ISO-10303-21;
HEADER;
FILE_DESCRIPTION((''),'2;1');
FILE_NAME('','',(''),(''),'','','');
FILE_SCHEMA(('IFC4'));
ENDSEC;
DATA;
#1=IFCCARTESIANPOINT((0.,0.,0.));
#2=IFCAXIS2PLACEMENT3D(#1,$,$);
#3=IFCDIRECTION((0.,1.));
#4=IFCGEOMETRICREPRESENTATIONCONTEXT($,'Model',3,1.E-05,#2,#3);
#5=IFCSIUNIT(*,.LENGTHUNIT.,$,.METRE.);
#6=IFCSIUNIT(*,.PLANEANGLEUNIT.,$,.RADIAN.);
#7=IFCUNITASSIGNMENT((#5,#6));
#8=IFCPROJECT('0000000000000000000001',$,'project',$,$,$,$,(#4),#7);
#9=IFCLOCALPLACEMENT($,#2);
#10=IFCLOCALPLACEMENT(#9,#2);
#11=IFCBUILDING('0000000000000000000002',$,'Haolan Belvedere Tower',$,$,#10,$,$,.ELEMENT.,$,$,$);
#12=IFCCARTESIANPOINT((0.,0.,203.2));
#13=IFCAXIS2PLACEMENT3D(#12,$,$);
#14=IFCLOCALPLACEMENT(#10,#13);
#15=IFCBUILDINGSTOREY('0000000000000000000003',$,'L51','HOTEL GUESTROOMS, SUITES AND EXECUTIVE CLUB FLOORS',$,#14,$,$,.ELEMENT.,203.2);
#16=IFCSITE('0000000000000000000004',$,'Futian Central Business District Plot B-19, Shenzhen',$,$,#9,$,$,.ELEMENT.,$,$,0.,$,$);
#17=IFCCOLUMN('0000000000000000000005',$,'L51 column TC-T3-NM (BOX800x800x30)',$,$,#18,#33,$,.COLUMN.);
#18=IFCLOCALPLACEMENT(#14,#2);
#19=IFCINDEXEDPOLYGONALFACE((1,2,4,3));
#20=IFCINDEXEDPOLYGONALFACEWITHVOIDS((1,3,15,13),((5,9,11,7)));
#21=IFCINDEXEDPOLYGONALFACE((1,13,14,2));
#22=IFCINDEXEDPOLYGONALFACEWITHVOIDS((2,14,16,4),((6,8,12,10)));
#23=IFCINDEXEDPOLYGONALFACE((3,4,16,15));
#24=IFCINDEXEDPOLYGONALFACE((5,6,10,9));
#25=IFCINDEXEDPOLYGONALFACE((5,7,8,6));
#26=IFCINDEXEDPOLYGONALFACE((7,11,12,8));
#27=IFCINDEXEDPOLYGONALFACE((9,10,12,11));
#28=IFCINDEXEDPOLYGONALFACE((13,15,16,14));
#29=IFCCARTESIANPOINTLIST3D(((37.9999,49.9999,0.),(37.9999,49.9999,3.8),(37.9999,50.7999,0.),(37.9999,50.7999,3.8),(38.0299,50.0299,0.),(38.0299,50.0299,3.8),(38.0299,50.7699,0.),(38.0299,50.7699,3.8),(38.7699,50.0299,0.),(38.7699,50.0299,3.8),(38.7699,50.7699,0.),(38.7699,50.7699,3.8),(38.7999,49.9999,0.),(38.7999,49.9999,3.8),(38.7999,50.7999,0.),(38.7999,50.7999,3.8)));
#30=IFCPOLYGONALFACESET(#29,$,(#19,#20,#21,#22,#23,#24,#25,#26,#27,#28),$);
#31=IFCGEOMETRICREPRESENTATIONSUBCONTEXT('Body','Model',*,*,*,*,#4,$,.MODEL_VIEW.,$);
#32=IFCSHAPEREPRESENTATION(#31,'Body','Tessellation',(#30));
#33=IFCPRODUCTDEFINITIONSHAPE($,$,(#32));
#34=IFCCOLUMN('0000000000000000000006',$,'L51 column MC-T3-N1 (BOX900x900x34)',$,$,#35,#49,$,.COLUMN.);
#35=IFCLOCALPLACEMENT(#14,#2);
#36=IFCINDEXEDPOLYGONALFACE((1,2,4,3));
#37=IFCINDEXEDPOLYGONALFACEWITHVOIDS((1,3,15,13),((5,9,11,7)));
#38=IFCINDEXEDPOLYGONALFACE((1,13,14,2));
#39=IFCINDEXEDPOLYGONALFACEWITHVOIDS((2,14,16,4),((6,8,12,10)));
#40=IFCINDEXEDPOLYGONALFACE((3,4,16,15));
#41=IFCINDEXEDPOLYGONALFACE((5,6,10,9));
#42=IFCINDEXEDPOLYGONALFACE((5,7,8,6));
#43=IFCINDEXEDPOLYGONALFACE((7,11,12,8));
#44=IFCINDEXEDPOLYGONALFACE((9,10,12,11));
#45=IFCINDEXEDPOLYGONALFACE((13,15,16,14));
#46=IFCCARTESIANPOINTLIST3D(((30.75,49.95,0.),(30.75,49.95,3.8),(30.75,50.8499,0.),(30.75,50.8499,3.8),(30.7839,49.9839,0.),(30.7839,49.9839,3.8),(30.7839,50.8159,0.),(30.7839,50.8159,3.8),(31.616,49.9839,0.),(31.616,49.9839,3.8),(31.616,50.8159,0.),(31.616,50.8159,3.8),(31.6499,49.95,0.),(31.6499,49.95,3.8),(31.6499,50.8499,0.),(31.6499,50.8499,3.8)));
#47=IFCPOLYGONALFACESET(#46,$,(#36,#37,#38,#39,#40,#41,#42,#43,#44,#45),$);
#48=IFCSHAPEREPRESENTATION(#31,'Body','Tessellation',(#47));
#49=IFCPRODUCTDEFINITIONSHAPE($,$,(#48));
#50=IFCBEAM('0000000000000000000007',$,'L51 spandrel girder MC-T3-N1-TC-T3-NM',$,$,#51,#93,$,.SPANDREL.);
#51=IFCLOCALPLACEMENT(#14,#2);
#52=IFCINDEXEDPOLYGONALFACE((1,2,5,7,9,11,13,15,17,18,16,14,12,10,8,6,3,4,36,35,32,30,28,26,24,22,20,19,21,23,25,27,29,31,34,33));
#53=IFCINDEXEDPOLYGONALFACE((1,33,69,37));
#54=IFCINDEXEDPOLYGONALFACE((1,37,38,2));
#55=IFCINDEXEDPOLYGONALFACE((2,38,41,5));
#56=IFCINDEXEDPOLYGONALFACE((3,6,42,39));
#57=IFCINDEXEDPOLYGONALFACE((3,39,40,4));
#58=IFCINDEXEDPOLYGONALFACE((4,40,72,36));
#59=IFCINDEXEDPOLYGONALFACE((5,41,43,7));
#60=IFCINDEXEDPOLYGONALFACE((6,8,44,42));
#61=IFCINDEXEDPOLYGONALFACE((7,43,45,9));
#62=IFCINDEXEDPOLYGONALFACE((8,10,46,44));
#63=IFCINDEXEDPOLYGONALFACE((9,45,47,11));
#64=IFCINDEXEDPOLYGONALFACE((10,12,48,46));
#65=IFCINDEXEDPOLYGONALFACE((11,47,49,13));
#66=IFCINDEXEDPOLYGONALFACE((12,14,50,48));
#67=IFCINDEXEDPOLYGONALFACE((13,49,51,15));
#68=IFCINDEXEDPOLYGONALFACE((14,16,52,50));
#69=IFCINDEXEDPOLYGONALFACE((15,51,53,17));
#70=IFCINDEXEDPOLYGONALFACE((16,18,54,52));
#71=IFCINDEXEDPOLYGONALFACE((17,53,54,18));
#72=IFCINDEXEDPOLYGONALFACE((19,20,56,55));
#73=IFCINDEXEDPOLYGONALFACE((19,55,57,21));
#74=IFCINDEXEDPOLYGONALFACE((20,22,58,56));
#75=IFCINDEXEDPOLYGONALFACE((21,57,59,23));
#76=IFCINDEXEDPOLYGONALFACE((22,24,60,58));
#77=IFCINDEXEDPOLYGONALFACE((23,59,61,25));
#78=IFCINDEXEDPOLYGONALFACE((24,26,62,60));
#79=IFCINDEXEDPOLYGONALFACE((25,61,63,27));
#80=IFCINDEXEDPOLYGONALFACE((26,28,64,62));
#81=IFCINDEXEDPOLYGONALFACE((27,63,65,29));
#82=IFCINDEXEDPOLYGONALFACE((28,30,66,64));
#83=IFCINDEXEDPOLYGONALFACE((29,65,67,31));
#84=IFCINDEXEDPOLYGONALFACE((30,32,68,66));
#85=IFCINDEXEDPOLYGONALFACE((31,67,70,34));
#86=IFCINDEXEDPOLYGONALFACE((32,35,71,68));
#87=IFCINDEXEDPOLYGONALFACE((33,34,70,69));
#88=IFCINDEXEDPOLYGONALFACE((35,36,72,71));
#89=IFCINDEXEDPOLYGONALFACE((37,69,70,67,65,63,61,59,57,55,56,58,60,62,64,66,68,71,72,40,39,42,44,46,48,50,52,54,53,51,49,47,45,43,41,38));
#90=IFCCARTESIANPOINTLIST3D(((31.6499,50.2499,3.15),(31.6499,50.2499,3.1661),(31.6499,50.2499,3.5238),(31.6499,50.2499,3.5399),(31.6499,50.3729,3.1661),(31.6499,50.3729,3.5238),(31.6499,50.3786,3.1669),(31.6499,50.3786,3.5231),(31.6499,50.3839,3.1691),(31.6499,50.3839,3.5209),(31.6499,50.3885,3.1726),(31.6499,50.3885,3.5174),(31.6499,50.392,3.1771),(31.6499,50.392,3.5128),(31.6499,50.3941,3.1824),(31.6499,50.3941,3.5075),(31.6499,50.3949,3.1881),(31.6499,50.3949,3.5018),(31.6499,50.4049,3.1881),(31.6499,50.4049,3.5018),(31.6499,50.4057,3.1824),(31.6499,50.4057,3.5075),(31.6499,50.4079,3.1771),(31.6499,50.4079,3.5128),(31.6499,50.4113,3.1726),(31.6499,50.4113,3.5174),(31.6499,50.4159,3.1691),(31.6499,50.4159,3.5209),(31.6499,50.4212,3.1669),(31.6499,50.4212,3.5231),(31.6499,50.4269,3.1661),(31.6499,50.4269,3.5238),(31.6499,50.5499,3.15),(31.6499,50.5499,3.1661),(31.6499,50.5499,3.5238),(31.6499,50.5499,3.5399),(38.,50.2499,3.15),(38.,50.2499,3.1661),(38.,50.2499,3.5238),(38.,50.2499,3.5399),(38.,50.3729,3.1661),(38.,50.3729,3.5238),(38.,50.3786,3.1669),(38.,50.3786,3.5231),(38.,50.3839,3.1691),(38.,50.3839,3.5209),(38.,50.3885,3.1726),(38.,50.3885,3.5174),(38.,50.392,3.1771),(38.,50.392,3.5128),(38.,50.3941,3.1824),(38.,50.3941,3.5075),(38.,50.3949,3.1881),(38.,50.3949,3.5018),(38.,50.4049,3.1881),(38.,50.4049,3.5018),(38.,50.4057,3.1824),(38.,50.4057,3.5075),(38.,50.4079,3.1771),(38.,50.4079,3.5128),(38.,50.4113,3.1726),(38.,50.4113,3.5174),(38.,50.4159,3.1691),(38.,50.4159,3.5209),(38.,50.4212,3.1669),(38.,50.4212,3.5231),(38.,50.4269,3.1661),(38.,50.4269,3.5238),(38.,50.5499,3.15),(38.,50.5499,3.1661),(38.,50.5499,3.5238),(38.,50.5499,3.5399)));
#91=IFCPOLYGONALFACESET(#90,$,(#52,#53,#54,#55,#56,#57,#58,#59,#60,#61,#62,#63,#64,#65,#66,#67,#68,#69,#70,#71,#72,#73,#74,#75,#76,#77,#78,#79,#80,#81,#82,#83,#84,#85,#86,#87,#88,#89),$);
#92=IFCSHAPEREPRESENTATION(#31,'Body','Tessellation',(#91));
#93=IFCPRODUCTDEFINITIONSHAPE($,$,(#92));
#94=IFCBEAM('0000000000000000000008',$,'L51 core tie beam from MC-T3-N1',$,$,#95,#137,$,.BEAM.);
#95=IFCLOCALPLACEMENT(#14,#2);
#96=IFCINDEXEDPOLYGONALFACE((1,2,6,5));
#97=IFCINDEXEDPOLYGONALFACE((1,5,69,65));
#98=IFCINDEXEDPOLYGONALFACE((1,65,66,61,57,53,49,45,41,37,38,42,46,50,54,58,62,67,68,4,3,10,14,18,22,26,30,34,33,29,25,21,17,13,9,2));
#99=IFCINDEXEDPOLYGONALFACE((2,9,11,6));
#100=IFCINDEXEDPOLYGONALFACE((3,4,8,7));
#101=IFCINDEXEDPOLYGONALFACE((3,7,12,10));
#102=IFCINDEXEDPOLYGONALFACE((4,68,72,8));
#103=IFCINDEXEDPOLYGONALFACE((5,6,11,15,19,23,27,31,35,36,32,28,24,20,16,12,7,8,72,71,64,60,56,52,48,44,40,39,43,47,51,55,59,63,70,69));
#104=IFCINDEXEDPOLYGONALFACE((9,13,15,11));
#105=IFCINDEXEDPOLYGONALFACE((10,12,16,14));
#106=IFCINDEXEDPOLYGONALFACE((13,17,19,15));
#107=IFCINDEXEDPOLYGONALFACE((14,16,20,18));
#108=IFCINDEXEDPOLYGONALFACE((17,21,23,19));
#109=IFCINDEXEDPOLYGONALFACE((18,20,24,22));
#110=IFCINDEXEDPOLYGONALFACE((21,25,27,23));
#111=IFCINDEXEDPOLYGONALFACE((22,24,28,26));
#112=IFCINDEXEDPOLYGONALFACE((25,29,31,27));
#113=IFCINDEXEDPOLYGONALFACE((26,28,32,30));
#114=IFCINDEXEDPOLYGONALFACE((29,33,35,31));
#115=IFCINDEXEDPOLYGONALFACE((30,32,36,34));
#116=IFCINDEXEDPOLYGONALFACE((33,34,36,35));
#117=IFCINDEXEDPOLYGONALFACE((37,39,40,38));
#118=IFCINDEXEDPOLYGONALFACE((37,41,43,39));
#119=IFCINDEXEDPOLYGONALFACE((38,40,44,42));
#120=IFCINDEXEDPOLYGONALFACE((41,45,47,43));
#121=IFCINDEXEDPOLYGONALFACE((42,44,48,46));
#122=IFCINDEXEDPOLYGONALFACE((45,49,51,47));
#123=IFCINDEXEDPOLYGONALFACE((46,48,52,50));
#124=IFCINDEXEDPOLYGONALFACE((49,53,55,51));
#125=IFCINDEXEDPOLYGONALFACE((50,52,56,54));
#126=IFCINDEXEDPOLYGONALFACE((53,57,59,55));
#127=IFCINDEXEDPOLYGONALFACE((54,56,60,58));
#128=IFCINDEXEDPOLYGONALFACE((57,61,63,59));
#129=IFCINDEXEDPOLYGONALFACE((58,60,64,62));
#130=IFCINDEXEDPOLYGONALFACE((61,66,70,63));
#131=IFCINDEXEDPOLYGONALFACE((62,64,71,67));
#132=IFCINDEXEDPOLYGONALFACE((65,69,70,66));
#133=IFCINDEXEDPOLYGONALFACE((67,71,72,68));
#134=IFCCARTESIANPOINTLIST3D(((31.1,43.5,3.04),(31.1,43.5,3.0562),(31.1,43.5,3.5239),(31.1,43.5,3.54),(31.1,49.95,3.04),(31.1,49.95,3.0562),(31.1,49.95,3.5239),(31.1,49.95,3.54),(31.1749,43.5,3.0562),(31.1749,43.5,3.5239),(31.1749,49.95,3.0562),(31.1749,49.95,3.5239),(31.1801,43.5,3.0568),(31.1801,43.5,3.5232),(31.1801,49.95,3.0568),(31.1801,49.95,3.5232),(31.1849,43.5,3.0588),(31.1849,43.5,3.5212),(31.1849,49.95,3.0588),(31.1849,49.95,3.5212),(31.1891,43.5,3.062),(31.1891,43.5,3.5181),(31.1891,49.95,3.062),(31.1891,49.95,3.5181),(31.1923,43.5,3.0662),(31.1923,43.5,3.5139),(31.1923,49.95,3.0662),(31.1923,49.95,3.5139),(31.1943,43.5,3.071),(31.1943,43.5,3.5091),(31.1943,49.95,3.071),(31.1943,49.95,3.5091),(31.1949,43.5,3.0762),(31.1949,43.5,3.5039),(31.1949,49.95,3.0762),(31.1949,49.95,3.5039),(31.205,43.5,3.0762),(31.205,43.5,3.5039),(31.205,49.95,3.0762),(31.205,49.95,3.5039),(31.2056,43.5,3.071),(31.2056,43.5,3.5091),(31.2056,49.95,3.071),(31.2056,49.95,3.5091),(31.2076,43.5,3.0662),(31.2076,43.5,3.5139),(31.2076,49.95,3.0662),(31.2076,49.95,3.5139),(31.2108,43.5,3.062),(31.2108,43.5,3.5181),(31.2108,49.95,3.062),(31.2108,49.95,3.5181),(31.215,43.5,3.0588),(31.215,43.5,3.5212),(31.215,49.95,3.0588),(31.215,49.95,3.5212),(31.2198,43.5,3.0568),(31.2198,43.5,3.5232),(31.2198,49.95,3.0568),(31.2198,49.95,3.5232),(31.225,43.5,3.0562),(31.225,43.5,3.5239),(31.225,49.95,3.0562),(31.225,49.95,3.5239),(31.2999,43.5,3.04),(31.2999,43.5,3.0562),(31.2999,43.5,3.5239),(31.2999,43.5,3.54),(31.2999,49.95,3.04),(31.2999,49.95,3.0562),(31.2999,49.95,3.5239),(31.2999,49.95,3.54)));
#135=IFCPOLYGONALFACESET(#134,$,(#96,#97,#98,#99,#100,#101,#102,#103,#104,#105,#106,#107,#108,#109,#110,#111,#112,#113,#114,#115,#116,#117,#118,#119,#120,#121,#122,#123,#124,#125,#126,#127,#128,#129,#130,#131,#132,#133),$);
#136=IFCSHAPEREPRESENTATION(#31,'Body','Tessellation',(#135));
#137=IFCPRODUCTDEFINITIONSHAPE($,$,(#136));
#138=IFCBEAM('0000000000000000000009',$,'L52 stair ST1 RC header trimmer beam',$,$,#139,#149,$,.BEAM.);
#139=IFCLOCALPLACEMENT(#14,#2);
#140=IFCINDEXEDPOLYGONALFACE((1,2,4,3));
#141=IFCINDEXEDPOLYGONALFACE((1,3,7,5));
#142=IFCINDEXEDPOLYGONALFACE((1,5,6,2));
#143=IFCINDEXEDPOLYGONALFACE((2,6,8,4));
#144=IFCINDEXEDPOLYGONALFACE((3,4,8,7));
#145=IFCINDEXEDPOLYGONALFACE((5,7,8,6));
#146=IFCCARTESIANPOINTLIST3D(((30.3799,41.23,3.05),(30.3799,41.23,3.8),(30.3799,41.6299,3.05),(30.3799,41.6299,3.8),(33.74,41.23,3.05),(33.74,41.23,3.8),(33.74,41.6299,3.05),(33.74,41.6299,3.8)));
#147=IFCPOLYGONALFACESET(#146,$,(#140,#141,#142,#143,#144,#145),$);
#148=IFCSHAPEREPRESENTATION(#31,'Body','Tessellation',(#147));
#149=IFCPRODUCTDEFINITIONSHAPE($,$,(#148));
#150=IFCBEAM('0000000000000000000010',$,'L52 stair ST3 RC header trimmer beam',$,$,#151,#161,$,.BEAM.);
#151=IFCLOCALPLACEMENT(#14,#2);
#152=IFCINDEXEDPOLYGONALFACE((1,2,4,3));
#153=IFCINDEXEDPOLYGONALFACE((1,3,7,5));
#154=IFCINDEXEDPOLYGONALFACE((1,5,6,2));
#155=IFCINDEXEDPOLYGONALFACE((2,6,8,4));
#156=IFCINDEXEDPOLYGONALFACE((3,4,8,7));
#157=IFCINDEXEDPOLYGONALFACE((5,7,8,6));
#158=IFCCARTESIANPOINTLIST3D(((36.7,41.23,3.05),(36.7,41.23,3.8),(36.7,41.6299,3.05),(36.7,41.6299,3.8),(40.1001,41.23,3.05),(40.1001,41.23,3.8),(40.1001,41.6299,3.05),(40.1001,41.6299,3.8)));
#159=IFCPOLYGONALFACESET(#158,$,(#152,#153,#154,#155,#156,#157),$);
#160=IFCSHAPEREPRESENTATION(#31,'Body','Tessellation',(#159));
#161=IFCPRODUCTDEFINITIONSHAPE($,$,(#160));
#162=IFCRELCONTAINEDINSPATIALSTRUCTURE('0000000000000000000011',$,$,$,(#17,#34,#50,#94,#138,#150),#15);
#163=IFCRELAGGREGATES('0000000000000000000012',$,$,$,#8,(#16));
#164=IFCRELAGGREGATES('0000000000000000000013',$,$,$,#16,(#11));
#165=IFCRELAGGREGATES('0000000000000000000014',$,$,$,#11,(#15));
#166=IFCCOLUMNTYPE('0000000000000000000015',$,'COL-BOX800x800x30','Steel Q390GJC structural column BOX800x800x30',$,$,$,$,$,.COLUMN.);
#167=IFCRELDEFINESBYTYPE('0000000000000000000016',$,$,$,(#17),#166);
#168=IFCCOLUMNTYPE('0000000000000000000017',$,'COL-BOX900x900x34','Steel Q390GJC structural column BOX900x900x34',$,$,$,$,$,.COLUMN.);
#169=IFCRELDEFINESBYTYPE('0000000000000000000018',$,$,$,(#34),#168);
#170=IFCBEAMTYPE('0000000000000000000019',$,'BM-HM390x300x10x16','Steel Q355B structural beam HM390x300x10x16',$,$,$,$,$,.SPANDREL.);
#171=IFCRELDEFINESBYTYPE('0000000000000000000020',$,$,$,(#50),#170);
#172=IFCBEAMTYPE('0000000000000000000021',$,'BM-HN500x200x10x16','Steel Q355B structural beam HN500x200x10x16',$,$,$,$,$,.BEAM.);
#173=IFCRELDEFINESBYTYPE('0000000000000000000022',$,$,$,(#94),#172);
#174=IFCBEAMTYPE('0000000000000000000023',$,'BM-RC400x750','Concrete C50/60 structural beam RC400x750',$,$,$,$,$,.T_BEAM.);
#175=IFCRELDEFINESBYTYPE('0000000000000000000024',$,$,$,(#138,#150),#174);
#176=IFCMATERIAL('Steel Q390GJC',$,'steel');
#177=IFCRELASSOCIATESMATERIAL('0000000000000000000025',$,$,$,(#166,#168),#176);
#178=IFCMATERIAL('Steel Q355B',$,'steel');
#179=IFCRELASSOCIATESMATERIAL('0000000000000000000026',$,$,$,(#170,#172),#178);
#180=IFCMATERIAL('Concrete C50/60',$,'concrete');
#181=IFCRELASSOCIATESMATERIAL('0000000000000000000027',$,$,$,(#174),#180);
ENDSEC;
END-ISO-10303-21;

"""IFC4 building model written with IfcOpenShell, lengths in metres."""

from ifc_helpers import new_model, si_unit, direction, frame, origin, origin_2d, place, context, subcontext, project, spatial, rectangle, hollow_rectangle, i_section, extrude, material, material_profile, profile_set, type_object, element, save


model = new_model("IFC4")

# Units and contexts
model_context = context("Model", 3, precision=1e-05, world=origin(), true_north=direction((0.0, 1.0)))
body_context = subcontext(model_context, "Body", "Model", "MODEL_VIEW")
ifc_project = project(units=[si_unit("LENGTHUNIT", "METRE"), si_unit("PLANEANGLEUNIT", "RADIAN")], contexts=[model_context])

# Site, building, storey
site_placement = place(None, origin())
site = spatial("IfcSite", under=ifc_project, at=site_placement, Name="Futian Central Business District Plot B-19, Shenzhen", CompositionType="ELEMENT", RefElevation=0.0)
building_placement = place(site_placement, origin())
building = spatial("IfcBuilding", under=site, at=building_placement, Name="Haolan Belvedere Tower", CompositionType="ELEMENT")
storey_placement = place(building_placement, frame((0.0, 0.0, 203.2)))
storey = spatial("IfcBuildingStorey", under=building, at=storey_placement, Name="L51", Description="HOTEL GUESTROOMS, SUITES AND EXECUTIVE CLUB FLOORS", CompositionType="ELEMENT", Elevation=203.2)

# Columns
ifc_material_1 = material(Name="Steel Q390GJC", Category="steel")
ifc_material_profile_1 = material_profile(ifc_material_1, hollow_rectangle(XDim=0.8, YDim=0.8, WallThickness=0.03, at=origin_2d()), Name="Steel Q390GJC")
ifc_profile_set_1 = profile_set([ifc_material_profile_1], Name="Steel Q390GJC")
column_type_1 = type_object("IfcColumnType", Name="COL-BOX800x800x30", Description="Steel Q390GJC structural column BOX800x800x30", PredefinedType="COLUMN", material=ifc_profile_set_1)
column_1_placement = place(storey_placement, frame((38.3999, 50.3999, 0.0), z_axis=(0.0, 0.0, 1.0), x_axis=(1.0, 0.0, 0.0)))
element("IfcColumn", 1, at=column_1_placement, inside=storey, type_object=column_type_1, Name="L51 column TC-T3-NM (BOX800x800x30)", PredefinedType="COLUMN", context=body_context, shape_type="SweptSolid", body=[
    extrude(hollow_rectangle(XDim=0.8, YDim=0.8, WallThickness=0.03, at=origin_2d()), origin(), (0.0, 0.0, 1.0), 3.8),
])
ifc_material_profile_2 = material_profile(ifc_material_1, hollow_rectangle(XDim=0.8999, YDim=0.8999, WallThickness=0.0339, at=origin_2d()), Name="Steel Q390GJC")
ifc_profile_set_2 = profile_set([ifc_material_profile_2], Name="Steel Q390GJC")
column_type_2 = type_object("IfcColumnType", Name="COL-BOX900x900x34", Description="Steel Q390GJC structural column BOX900x900x34", PredefinedType="COLUMN", material=ifc_profile_set_2)
column_2_placement = place(storey_placement, frame((31.2, 50.3999, 0.0), z_axis=(0.0, 0.0, 1.0), x_axis=(1.0, 0.0, 0.0)))
element("IfcColumn", 2, at=column_2_placement, inside=storey, type_object=column_type_2, Name="L51 column MC-T3-N1 (BOX900x900x34)", PredefinedType="COLUMN", context=body_context, shape_type="SweptSolid", body=[
    extrude(hollow_rectangle(XDim=0.8999, YDim=0.8999, WallThickness=0.0339, at=origin_2d()), origin(), (0.0, 0.0, 1.0), 3.8),
])

# Beams
ifc_material_2 = material(Name="Steel Q355B", Category="steel")
ifc_material_profile_3 = material_profile(ifc_material_2, i_section(OverallWidth=0.3, OverallDepth=0.3899, WebThickness=0.01, FlangeThickness=0.0161, FilletRadius=0.022, at=origin_2d()), Name="Steel Q355B")
ifc_profile_set_3 = profile_set([ifc_material_profile_3], Name="Steel Q355B")
beam_type_1 = type_object("IfcBeamType", Name="BM-HM390x300x10x16", Description="Steel Q355B structural beam HM390x300x10x16", PredefinedType="SPANDREL", material=ifc_profile_set_3)
beam_1_placement = place(storey_placement, frame((31.6499, 50.3999, 3.345), z_axis=(1.0, 0.0, 0.0), x_axis=(0.0, 1.0, 0.0)))
element("IfcBeam", 3, at=beam_1_placement, inside=storey, type_object=beam_type_1, Name="L51 spandrel girder MC-T3-N1-TC-T3-NM", PredefinedType="SPANDREL", context=body_context, shape_type="SweptSolid", body=[
    extrude(i_section(OverallWidth=0.3, OverallDepth=0.3899, WebThickness=0.01, FlangeThickness=0.0161, FilletRadius=0.022, at=origin_2d()), origin(), (0.0, 0.0, 1.0), 6.3501),
])
ifc_material_profile_4 = material_profile(ifc_material_2, i_section(OverallWidth=0.2, OverallDepth=0.5, WebThickness=0.01, FlangeThickness=0.0161, FilletRadius=0.02, at=origin_2d()), Name="Steel Q355B")
ifc_profile_set_4 = profile_set([ifc_material_profile_4], Name="Steel Q355B")
beam_type_2 = type_object("IfcBeamType", Name="BM-HN500x200x10x16", Description="Steel Q355B structural beam HN500x200x10x16", PredefinedType="BEAM", material=ifc_profile_set_4)
beam_2_placement = place(storey_placement, frame((31.2, 49.95, 3.29), z_axis=(0.0, -1.0, 0.0), x_axis=(1.0, 0.0, 0.0)))
element("IfcBeam", 4, at=beam_2_placement, inside=storey, type_object=beam_type_2, Name="L51 core tie beam from MC-T3-N1", PredefinedType="BEAM", context=body_context, shape_type="SweptSolid", body=[
    extrude(i_section(OverallWidth=0.2, OverallDepth=0.5, WebThickness=0.01, FlangeThickness=0.0161, FilletRadius=0.02, at=origin_2d()), origin(), (0.0, 0.0, 1.0), 6.45),
])
ifc_material_3 = material(Name="Concrete C50/60", Category="concrete")
ifc_material_profile_5 = material_profile(ifc_material_3, rectangle(XDim=0.3999, YDim=0.75, at=origin_2d()), Name="Concrete C50/60")
ifc_profile_set_5 = profile_set([ifc_material_profile_5], Name="Concrete C50/60")
beam_type_3 = type_object("IfcBeamType", Name="BM-RC400x750", Description="Concrete C50/60 structural beam RC400x750", PredefinedType="T_BEAM", material=ifc_profile_set_5)
beam_3_placement = place(storey_placement, frame((30.3799, 41.4299, 3.425), z_axis=(1.0, 0.0, 0.0), x_axis=(0.0, 1.0, 0.0)))
element("IfcBeam", 5, at=beam_3_placement, inside=storey, type_object=beam_type_3, Name="L52 stair ST1 RC header trimmer beam", PredefinedType="BEAM", context=body_context, shape_type="SweptSolid", body=[
    extrude(rectangle(XDim=0.3999, YDim=0.75, at=origin_2d()), origin(), (0.0, 0.0, 1.0), 3.3601),
])
beam_4_placement = place(storey_placement, frame((36.7, 41.4299, 3.425), z_axis=(1.0, 0.0, 0.0), x_axis=(0.0, 1.0, 0.0)))
element("IfcBeam", 6, at=beam_4_placement, inside=storey, type_object=beam_type_3, Name="L52 stair ST3 RC header trimmer beam", PredefinedType="BEAM", context=body_context, shape_type="SweptSolid", body=[
    extrude(rectangle(XDim=0.3999, YDim=0.75, at=origin_2d()), origin(), (0.0, 0.0, 1.0), 3.4001),
])

save(model, "model.ifc")
